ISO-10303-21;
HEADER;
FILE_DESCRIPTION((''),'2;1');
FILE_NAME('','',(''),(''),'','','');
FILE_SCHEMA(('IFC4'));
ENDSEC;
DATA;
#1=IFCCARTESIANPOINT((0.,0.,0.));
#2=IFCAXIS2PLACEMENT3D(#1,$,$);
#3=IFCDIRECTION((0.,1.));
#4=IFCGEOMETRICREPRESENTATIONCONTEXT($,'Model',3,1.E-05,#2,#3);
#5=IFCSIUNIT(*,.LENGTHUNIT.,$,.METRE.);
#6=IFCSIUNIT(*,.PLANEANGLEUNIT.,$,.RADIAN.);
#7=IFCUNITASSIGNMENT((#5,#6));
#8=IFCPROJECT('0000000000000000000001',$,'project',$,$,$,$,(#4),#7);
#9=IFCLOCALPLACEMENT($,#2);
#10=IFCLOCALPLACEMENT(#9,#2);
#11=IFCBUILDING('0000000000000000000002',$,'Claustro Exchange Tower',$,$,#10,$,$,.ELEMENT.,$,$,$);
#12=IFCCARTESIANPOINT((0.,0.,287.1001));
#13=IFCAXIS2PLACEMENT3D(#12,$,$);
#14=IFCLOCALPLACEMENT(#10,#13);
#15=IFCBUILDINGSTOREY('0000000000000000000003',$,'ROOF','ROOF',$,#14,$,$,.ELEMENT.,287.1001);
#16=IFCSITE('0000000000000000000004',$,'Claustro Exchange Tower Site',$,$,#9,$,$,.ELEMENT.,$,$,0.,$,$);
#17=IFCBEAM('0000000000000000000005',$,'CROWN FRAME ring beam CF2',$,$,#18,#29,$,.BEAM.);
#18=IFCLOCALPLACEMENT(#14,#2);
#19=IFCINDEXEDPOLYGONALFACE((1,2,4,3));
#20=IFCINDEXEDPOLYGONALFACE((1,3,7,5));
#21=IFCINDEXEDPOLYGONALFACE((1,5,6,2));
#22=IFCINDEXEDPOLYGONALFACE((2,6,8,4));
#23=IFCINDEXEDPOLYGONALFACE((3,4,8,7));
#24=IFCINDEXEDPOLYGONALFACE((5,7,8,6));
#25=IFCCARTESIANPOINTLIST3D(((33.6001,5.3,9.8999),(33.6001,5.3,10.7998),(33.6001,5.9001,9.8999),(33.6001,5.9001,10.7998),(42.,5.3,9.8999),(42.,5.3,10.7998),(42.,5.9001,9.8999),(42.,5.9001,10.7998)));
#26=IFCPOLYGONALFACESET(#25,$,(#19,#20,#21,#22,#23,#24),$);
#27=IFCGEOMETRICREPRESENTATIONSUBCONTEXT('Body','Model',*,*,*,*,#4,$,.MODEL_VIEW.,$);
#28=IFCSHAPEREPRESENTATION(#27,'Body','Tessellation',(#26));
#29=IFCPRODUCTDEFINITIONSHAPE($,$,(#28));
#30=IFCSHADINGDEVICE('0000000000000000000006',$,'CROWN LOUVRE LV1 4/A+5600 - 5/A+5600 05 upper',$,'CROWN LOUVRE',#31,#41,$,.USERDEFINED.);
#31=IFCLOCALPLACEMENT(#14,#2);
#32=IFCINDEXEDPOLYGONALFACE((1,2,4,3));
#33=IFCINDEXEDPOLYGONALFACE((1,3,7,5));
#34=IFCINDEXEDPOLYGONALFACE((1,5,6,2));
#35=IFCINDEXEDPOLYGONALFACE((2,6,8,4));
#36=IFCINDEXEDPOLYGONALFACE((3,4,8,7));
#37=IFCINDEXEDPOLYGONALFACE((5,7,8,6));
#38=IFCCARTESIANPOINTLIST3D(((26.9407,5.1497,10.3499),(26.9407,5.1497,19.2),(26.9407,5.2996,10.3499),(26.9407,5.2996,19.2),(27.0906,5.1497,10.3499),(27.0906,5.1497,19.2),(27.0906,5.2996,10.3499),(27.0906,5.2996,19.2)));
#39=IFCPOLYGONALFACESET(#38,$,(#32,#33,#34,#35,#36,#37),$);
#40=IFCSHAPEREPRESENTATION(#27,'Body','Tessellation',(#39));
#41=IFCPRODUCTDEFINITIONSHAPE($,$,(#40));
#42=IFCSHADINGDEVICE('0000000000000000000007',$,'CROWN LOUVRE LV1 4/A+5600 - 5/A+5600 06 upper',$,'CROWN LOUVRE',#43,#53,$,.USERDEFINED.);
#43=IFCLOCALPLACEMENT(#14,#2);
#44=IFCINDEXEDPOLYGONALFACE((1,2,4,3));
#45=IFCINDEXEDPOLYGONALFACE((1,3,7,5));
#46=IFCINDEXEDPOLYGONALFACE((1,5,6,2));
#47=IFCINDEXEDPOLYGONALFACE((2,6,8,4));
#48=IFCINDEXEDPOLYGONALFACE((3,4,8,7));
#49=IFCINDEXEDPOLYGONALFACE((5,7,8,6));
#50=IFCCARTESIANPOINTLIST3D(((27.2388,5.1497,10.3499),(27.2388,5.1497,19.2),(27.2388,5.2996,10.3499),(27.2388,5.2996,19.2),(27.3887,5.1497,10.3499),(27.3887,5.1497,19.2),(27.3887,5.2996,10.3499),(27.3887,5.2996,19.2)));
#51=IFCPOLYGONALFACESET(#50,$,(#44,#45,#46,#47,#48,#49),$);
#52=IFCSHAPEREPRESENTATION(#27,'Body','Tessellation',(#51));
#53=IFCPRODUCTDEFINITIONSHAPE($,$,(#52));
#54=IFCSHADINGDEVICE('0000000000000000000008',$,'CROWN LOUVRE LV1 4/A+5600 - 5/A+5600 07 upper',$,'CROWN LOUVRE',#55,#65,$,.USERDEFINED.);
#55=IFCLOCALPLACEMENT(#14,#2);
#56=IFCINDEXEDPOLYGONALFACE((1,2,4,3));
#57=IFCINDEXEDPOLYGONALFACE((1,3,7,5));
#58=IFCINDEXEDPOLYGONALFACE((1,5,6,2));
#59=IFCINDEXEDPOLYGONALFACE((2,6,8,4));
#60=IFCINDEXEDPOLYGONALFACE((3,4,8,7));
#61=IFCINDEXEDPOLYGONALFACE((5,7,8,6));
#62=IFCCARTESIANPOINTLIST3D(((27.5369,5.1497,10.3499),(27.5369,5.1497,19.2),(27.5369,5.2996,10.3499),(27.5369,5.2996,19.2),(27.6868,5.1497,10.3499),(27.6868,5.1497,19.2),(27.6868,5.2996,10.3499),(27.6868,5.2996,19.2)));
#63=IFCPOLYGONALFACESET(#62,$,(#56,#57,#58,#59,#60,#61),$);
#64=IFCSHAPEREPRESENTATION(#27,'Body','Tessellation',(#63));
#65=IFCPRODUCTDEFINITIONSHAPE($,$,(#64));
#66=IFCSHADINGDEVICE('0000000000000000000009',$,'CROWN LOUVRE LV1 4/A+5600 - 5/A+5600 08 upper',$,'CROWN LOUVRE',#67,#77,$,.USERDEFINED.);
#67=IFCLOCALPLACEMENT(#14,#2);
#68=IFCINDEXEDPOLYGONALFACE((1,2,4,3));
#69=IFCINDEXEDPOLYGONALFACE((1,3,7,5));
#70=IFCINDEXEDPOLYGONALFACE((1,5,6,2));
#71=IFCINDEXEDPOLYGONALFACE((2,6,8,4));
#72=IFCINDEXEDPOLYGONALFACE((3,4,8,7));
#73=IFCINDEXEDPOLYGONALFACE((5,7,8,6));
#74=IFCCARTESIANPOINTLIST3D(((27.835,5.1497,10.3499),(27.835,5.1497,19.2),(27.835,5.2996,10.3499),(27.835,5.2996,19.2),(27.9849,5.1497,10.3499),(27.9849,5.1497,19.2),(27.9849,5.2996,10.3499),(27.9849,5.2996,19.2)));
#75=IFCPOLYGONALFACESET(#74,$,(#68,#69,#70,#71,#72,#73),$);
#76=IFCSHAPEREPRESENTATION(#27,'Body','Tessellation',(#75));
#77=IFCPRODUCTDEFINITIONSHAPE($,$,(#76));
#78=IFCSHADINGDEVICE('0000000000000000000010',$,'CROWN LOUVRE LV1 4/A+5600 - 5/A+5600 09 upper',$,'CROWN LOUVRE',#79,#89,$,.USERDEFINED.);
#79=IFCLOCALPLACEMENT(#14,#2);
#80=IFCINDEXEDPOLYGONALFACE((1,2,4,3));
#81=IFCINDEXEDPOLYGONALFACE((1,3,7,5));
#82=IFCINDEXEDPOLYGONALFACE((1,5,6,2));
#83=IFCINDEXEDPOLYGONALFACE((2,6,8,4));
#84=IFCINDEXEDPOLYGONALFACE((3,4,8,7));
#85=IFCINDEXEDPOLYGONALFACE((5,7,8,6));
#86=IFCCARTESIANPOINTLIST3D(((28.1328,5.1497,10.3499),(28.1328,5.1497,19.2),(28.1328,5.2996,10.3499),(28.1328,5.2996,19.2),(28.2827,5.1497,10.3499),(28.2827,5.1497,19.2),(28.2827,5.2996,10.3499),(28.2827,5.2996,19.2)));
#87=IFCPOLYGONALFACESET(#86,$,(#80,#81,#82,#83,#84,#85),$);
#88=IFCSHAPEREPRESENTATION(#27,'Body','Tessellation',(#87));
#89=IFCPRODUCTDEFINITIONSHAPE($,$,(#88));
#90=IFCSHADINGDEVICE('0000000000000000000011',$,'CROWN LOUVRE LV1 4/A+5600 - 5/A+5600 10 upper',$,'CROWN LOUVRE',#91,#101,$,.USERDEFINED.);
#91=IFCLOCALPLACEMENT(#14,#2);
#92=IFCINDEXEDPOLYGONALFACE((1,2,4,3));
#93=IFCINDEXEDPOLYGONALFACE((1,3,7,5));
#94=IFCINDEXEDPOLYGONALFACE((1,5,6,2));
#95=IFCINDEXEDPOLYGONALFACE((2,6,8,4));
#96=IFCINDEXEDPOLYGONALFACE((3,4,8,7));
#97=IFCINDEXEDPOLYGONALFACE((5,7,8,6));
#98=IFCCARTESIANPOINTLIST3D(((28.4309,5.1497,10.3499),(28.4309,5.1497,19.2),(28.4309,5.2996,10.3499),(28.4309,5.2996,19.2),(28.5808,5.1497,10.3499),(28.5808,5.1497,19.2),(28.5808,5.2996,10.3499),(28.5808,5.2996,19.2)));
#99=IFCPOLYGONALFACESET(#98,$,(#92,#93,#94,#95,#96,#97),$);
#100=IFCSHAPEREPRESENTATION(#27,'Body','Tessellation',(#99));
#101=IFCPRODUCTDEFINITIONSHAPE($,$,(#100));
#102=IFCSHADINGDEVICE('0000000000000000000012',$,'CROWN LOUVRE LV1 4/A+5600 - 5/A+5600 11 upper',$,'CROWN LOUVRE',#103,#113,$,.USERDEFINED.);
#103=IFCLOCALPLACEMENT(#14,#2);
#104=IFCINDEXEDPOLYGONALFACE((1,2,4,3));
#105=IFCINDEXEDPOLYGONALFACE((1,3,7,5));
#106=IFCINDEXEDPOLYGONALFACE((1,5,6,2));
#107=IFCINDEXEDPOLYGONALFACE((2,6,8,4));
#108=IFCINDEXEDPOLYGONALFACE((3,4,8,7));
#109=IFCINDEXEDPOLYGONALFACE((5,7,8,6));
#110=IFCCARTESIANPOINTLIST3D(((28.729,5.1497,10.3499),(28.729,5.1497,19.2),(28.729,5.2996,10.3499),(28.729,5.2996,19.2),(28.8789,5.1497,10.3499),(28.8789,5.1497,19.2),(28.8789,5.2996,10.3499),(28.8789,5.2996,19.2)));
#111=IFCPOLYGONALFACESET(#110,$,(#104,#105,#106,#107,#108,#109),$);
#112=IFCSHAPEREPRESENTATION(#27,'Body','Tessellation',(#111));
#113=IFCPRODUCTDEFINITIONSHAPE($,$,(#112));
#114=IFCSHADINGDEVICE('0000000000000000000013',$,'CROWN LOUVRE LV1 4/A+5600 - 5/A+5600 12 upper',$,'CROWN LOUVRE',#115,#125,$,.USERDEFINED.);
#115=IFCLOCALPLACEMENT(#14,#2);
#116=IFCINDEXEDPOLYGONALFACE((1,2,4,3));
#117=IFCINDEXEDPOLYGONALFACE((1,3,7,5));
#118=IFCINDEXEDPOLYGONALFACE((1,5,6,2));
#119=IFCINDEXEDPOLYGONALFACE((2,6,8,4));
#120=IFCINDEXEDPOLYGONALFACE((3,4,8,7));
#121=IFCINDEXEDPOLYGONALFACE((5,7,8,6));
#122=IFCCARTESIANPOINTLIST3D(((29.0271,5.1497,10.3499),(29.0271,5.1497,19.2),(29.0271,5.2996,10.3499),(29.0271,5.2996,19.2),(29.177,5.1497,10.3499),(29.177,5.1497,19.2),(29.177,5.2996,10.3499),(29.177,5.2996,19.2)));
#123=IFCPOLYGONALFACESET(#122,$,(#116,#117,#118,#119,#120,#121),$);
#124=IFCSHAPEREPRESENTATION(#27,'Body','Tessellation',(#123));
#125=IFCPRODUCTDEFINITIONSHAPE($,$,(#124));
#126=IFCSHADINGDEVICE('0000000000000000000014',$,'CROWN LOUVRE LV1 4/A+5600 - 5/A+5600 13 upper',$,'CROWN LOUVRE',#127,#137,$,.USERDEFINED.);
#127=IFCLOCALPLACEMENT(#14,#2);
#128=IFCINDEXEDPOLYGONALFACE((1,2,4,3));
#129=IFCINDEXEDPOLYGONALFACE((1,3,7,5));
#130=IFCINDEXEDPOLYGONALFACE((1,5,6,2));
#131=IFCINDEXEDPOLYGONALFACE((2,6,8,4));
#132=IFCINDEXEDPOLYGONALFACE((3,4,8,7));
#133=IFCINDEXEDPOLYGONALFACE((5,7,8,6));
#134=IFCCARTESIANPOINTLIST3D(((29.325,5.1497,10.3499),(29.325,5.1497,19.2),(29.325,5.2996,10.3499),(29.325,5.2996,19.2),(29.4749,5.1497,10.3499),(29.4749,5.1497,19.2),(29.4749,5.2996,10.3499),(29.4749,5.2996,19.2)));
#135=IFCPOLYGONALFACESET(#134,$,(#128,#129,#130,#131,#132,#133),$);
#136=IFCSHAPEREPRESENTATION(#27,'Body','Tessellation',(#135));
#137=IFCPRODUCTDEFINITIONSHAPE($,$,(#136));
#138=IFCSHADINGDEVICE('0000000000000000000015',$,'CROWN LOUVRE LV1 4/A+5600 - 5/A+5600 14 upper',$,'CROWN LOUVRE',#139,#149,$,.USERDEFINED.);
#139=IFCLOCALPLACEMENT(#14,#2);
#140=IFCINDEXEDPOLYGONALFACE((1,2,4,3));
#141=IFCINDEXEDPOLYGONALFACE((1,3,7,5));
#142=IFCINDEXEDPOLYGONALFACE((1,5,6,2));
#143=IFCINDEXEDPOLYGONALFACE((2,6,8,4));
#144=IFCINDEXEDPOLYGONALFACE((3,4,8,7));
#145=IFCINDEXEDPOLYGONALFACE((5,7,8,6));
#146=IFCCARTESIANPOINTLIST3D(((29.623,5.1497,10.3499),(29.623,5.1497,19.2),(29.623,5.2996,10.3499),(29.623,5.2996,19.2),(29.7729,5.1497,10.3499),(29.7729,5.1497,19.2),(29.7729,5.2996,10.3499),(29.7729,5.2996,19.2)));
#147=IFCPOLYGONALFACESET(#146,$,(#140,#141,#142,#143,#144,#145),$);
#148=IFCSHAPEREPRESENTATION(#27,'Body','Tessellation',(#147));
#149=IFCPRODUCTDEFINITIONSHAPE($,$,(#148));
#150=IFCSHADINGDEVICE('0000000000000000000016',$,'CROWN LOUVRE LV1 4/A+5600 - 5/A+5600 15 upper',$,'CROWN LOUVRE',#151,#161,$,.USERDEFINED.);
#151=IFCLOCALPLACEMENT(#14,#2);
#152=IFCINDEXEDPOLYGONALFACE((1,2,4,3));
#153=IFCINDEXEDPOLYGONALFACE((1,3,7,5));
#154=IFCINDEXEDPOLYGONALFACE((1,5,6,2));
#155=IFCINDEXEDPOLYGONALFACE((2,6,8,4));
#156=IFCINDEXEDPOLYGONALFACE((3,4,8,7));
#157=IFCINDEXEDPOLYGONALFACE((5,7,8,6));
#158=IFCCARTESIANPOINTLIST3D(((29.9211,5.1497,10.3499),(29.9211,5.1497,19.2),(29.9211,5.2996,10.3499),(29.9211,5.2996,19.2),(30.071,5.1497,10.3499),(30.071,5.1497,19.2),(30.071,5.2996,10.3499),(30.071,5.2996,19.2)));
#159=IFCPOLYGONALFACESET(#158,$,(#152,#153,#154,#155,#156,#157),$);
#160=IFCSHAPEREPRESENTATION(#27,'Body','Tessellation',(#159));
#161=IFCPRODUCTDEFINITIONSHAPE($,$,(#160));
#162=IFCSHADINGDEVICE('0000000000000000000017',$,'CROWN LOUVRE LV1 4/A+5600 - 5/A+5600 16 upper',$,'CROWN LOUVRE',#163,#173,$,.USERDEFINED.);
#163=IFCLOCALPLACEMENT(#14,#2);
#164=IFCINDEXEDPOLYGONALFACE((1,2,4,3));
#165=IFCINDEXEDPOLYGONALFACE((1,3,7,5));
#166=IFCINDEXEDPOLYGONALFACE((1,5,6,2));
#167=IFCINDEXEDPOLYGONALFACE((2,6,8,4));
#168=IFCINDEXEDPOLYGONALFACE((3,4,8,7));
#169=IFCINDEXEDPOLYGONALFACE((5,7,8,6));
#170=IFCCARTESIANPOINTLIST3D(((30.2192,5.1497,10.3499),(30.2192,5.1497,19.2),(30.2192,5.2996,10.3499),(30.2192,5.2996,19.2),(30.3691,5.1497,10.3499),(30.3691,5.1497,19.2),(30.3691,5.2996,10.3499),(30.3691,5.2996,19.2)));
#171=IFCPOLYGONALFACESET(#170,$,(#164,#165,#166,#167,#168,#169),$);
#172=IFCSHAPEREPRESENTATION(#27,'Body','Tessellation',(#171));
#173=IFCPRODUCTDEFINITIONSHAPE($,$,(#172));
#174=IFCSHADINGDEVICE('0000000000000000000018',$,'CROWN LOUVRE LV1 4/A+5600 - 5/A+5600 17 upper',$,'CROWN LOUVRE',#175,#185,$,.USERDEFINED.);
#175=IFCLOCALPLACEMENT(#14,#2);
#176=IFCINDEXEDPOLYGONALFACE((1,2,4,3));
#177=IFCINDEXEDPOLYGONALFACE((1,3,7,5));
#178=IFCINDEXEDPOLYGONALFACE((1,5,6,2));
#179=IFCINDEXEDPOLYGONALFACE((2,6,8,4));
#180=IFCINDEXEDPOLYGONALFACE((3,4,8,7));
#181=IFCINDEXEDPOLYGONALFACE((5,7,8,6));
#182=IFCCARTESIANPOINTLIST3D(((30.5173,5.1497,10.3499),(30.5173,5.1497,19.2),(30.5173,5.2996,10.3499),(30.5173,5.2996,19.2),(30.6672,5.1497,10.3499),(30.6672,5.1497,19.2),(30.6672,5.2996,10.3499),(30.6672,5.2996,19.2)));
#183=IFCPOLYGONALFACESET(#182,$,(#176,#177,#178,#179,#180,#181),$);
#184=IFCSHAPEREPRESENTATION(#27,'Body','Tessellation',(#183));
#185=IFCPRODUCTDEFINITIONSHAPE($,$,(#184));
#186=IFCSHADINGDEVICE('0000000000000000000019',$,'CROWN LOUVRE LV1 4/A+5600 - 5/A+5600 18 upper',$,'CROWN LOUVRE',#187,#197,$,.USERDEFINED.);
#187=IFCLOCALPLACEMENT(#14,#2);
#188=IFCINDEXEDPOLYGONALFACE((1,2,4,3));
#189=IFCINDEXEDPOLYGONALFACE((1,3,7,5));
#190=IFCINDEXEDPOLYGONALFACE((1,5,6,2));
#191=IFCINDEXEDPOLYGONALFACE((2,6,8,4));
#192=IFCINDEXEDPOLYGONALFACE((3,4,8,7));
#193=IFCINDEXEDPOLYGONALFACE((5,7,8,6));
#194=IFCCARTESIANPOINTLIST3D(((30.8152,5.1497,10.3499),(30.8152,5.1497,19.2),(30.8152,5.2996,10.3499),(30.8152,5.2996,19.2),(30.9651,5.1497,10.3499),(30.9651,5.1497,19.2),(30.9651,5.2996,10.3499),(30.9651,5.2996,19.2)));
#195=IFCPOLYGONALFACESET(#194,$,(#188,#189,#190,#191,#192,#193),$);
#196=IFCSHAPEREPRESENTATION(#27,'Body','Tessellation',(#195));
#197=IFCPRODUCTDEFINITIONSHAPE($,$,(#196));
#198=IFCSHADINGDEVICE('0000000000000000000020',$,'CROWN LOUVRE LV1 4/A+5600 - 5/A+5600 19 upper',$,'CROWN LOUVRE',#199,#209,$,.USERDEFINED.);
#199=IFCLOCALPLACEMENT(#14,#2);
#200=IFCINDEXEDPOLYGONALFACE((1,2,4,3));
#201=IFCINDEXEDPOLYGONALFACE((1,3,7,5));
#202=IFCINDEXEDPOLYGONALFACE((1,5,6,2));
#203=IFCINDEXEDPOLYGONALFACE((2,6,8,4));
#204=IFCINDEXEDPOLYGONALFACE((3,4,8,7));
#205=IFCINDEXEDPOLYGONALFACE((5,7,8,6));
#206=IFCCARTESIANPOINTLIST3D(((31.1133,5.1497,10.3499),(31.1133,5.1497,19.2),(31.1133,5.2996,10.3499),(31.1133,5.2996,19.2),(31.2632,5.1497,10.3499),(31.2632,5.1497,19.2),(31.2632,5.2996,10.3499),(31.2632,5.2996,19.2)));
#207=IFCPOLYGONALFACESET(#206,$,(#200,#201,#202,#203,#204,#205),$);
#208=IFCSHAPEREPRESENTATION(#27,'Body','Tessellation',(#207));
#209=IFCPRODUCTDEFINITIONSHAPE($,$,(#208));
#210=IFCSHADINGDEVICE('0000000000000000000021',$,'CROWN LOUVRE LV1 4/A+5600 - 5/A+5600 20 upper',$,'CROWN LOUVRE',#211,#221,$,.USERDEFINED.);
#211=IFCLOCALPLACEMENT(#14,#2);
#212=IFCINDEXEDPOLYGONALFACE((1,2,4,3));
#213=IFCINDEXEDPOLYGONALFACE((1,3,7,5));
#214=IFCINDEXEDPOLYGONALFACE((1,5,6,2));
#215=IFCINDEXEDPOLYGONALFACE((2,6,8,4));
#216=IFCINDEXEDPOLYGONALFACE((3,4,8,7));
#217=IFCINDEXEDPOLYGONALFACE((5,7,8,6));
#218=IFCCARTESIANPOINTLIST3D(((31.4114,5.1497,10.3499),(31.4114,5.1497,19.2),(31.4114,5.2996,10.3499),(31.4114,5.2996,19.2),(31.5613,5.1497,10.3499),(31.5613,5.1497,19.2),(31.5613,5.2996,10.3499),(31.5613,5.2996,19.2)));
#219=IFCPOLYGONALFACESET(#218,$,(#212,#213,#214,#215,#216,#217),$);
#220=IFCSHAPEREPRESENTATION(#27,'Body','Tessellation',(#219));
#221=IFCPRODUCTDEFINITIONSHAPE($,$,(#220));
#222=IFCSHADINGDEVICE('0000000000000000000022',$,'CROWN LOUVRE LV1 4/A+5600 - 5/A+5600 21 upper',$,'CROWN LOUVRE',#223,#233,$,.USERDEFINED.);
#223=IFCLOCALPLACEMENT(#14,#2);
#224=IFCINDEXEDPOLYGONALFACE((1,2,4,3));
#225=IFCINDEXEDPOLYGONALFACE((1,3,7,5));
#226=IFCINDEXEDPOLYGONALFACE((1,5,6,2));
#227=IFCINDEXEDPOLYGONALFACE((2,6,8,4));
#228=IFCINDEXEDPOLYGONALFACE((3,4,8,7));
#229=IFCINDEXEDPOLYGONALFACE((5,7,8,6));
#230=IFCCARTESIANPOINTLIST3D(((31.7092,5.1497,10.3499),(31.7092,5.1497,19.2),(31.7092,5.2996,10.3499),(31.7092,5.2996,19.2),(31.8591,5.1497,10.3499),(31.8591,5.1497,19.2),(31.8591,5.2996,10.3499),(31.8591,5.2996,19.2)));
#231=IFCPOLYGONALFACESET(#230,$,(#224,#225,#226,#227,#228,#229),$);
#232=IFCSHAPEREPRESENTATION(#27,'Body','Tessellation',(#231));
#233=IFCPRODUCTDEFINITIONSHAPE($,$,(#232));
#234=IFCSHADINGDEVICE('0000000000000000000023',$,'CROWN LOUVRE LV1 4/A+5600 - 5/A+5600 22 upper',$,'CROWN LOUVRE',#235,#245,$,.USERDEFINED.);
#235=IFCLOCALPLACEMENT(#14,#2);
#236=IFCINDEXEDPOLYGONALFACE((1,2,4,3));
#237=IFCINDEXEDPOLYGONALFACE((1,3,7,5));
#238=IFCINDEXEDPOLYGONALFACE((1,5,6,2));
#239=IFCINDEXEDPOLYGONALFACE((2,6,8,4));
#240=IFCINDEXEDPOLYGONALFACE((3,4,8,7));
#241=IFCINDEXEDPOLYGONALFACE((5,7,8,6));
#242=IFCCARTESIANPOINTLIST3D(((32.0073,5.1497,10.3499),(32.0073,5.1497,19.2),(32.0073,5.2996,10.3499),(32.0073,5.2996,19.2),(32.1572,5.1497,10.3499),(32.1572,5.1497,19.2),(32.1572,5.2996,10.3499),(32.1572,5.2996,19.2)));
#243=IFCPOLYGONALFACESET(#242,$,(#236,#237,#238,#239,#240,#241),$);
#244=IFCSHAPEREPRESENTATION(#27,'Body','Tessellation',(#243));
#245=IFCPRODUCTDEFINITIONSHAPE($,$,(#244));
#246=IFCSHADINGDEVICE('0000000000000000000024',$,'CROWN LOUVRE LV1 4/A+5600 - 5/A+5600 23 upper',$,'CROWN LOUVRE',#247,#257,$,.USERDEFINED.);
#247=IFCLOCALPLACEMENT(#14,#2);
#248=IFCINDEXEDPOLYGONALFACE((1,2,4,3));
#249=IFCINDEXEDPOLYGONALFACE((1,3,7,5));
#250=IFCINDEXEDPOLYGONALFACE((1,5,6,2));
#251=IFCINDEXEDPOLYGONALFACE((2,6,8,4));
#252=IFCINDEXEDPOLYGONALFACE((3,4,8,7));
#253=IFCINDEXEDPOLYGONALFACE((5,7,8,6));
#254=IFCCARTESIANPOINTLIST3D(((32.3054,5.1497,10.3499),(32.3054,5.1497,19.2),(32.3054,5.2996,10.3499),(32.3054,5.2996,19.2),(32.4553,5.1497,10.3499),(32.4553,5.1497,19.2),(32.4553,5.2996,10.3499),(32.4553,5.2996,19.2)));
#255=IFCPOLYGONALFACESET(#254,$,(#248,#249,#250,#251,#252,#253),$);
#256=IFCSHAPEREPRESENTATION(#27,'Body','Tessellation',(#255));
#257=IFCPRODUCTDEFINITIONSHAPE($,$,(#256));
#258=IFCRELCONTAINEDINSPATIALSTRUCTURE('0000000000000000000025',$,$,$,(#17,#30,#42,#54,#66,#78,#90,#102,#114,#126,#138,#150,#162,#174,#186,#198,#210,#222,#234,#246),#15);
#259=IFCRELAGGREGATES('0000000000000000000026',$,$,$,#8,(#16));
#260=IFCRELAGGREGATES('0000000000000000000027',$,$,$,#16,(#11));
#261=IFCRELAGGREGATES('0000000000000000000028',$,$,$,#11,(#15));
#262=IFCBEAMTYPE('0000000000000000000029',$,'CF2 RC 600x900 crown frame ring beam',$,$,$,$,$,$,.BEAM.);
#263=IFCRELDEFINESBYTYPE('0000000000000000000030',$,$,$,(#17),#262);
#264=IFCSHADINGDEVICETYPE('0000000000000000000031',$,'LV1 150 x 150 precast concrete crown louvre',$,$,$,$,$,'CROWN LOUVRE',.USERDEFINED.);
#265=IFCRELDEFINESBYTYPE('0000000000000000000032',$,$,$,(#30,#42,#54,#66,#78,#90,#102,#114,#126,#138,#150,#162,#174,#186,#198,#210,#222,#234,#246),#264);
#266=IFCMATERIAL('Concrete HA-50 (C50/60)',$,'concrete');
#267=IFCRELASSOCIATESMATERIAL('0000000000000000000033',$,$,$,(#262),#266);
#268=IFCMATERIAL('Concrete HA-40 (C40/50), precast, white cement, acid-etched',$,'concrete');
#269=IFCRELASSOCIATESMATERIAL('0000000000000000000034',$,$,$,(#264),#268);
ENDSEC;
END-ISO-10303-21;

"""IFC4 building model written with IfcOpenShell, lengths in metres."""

from ifc_helpers import new_model, si_unit, direction, frame, origin, origin_2d, place, context, subcontext, project, spatial, rectangle, extrude, material, material_profile, profile_set, type_object, element, save


model = new_model("IFC4")

# Units and contexts
model_context = context("Model", 3, precision=1e-05, world=origin(), true_north=direction((0.0, 1.0)))
body_context = subcontext(model_context, "Body", "Model", "MODEL_VIEW")
ifc_project = project(units=[si_unit("LENGTHUNIT", "METRE"), si_unit("PLANEANGLEUNIT", "RADIAN")], contexts=[model_context])

# Site, building, storey
site_placement = place(None, origin())
site = spatial("IfcSite", under=ifc_project, at=site_placement, Name="Claustro Exchange Tower Site", CompositionType="ELEMENT", RefElevation=0.0)
building_placement = place(site_placement, origin())
building = spatial("IfcBuilding", under=site, at=building_placement, Name="Claustro Exchange Tower", CompositionType="ELEMENT")
storey_placement = place(building_placement, frame((0.0, 0.0, 287.1001)))
storey = spatial("IfcBuildingStorey", under=building, at=storey_placement, Name="ROOF", Description="ROOF", CompositionType="ELEMENT", Elevation=287.1001)

# Beam
ifc_material_1 = material(Name="Concrete HA-50 (C50/60)", Category="concrete")
ifc_material_profile = material_profile(ifc_material_1, rectangle(XDim=0.6001, YDim=0.8999, at=origin_2d()), Name="RC 600x900")
ifc_profile_set = profile_set([ifc_material_profile], Name="Concrete HA-50 (C50/60)")
beam_type = type_object("IfcBeamType", Name="CF2 RC 600x900 crown frame ring beam", PredefinedType="BEAM", material=ifc_profile_set)
beam_placement = place(storey_placement, frame((33.6001, 5.6001, 10.3499), z_axis=(1.0, 0.0, 0.0), x_axis=(0.0, 1.0, 0.0)))
element("IfcBeam", 1, at=beam_placement, inside=storey, type_object=beam_type, Name="CROWN FRAME ring beam CF2", PredefinedType="BEAM", context=body_context, shape_type="SweptSolid", body=[
    extrude(rectangle(XDim=0.6001, YDim=0.8999, at=origin_2d()), origin(), (0.0, 0.0, 1.0), 8.3999),
])

# Shading devices
ifc_material_2 = material(Name="Concrete HA-40 (C40/50), precast, white cement, acid-etched", Category="concrete")
shading_device_type = type_object("IfcShadingDeviceType", Name="LV1 150 x 150 precast concrete crown louvre", ElementType="CROWN LOUVRE", PredefinedType="USERDEFINED", material=ifc_material_2)
for number, where, z_axis, x_axis, name in (
    (2, (27.0156, 5.2246, 10.3499), (0.0, 0.0, 1.0), (1.0, 0.0, 0.0), "CROWN LOUVRE LV1 4/A+5600 - 5/A+5600 05 upper"),
    (3, (27.3137, 5.2246, 10.3499), (0.0, 0.0, 1.0), (1.0, 0.0, 0.0), "CROWN LOUVRE LV1 4/A+5600 - 5/A+5600 06 upper"),
    (4, (27.6118, 5.2246, 10.3499), (0.0, 0.0, 1.0), (1.0, 0.0, 0.0), "CROWN LOUVRE LV1 4/A+5600 - 5/A+5600 07 upper"),
    (5, (27.9099, 5.2246, 10.3499), (0.0, 0.0, 1.0), (1.0, 0.0, 0.0), "CROWN LOUVRE LV1 4/A+5600 - 5/A+5600 08 upper"),
    (6, (28.2078, 5.2246, 10.3499), (0.0, 0.0, 1.0), (1.0, 0.0, 0.0), "CROWN LOUVRE LV1 4/A+5600 - 5/A+5600 09 upper"),
    (7, (28.5059, 5.2246, 10.3499), (0.0, 0.0, 1.0), (1.0, 0.0, 0.0), "CROWN LOUVRE LV1 4/A+5600 - 5/A+5600 10 upper"),
    (8, (28.804, 5.2246, 10.3499), (0.0, 0.0, 1.0), (1.0, 0.0, 0.0), "CROWN LOUVRE LV1 4/A+5600 - 5/A+5600 11 upper"),
    (9, (29.1021, 5.2246, 10.3499), (0.0, 0.0, 1.0), (1.0, 0.0, 0.0), "CROWN LOUVRE LV1 4/A+5600 - 5/A+5600 12 upper"),
    (10, (29.3999, 5.2246, 10.3499), (0.0, 0.0, 1.0), (1.0, 0.0, 0.0), "CROWN LOUVRE LV1 4/A+5600 - 5/A+5600 13 upper"),
    (11, (29.698, 5.2246, 10.3499), (0.0, 0.0, 1.0), (1.0, 0.0, 0.0), "CROWN LOUVRE LV1 4/A+5600 - 5/A+5600 14 upper"),
    (12, (29.9961, 5.2246, 10.3499), (0.0, 0.0, 1.0), (1.0, 0.0, 0.0), "CROWN LOUVRE LV1 4/A+5600 - 5/A+5600 15 upper"),
    (13, (30.2942, 5.2246, 10.3499), (0.0, 0.0, 1.0), (1.0, 0.0, 0.0), "CROWN LOUVRE LV1 4/A+5600 - 5/A+5600 16 upper"),
    (14, (30.5923, 5.2246, 10.3499), (0.0, 0.0, 1.0), (1.0, 0.0, 0.0), "CROWN LOUVRE LV1 4/A+5600 - 5/A+5600 17 upper"),
    (15, (30.8901, 5.2246, 10.3499), (0.0, 0.0, 1.0), (1.0, 0.0, 0.0), "CROWN LOUVRE LV1 4/A+5600 - 5/A+5600 18 upper"),
    (16, (31.1882, 5.2246, 10.3499), (0.0, 0.0, 1.0), (1.0, 0.0, 0.0), "CROWN LOUVRE LV1 4/A+5600 - 5/A+5600 19 upper"),
    (17, (31.4863, 5.2246, 10.3499), (0.0, 0.0, 1.0), (1.0, 0.0, 0.0), "CROWN LOUVRE LV1 4/A+5600 - 5/A+5600 20 upper"),
    (18, (31.7842, 5.2246, 10.3499), (0.0, 0.0, 1.0), (1.0, 0.0, 0.0), "CROWN LOUVRE LV1 4/A+5600 - 5/A+5600 21 upper"),
    (19, (32.0823, 5.2246, 10.3499), (0.0, 0.0, 1.0), (1.0, 0.0, 0.0), "CROWN LOUVRE LV1 4/A+5600 - 5/A+5600 22 upper"),
    (20, (32.3804, 5.2246, 10.3499), (0.0, 0.0, 1.0), (1.0, 0.0, 0.0), "CROWN LOUVRE LV1 4/A+5600 - 5/A+5600 23 upper"),
):
    element("IfcShadingDevice", number, at=place(storey_placement, frame(where, z_axis=z_axis, x_axis=x_axis)), inside=storey, type_object=shading_device_type, Name=name, ObjectType="CROWN LOUVRE", PredefinedType="USERDEFINED", context=body_context, shape_type="SweptSolid", body=[
        extrude(rectangle(XDim=0.1499, YDim=0.1499, at=origin_2d()), origin(), (0.0, 0.0, 1.0), 8.8501),
    ])

save(model, "model.ifc")
